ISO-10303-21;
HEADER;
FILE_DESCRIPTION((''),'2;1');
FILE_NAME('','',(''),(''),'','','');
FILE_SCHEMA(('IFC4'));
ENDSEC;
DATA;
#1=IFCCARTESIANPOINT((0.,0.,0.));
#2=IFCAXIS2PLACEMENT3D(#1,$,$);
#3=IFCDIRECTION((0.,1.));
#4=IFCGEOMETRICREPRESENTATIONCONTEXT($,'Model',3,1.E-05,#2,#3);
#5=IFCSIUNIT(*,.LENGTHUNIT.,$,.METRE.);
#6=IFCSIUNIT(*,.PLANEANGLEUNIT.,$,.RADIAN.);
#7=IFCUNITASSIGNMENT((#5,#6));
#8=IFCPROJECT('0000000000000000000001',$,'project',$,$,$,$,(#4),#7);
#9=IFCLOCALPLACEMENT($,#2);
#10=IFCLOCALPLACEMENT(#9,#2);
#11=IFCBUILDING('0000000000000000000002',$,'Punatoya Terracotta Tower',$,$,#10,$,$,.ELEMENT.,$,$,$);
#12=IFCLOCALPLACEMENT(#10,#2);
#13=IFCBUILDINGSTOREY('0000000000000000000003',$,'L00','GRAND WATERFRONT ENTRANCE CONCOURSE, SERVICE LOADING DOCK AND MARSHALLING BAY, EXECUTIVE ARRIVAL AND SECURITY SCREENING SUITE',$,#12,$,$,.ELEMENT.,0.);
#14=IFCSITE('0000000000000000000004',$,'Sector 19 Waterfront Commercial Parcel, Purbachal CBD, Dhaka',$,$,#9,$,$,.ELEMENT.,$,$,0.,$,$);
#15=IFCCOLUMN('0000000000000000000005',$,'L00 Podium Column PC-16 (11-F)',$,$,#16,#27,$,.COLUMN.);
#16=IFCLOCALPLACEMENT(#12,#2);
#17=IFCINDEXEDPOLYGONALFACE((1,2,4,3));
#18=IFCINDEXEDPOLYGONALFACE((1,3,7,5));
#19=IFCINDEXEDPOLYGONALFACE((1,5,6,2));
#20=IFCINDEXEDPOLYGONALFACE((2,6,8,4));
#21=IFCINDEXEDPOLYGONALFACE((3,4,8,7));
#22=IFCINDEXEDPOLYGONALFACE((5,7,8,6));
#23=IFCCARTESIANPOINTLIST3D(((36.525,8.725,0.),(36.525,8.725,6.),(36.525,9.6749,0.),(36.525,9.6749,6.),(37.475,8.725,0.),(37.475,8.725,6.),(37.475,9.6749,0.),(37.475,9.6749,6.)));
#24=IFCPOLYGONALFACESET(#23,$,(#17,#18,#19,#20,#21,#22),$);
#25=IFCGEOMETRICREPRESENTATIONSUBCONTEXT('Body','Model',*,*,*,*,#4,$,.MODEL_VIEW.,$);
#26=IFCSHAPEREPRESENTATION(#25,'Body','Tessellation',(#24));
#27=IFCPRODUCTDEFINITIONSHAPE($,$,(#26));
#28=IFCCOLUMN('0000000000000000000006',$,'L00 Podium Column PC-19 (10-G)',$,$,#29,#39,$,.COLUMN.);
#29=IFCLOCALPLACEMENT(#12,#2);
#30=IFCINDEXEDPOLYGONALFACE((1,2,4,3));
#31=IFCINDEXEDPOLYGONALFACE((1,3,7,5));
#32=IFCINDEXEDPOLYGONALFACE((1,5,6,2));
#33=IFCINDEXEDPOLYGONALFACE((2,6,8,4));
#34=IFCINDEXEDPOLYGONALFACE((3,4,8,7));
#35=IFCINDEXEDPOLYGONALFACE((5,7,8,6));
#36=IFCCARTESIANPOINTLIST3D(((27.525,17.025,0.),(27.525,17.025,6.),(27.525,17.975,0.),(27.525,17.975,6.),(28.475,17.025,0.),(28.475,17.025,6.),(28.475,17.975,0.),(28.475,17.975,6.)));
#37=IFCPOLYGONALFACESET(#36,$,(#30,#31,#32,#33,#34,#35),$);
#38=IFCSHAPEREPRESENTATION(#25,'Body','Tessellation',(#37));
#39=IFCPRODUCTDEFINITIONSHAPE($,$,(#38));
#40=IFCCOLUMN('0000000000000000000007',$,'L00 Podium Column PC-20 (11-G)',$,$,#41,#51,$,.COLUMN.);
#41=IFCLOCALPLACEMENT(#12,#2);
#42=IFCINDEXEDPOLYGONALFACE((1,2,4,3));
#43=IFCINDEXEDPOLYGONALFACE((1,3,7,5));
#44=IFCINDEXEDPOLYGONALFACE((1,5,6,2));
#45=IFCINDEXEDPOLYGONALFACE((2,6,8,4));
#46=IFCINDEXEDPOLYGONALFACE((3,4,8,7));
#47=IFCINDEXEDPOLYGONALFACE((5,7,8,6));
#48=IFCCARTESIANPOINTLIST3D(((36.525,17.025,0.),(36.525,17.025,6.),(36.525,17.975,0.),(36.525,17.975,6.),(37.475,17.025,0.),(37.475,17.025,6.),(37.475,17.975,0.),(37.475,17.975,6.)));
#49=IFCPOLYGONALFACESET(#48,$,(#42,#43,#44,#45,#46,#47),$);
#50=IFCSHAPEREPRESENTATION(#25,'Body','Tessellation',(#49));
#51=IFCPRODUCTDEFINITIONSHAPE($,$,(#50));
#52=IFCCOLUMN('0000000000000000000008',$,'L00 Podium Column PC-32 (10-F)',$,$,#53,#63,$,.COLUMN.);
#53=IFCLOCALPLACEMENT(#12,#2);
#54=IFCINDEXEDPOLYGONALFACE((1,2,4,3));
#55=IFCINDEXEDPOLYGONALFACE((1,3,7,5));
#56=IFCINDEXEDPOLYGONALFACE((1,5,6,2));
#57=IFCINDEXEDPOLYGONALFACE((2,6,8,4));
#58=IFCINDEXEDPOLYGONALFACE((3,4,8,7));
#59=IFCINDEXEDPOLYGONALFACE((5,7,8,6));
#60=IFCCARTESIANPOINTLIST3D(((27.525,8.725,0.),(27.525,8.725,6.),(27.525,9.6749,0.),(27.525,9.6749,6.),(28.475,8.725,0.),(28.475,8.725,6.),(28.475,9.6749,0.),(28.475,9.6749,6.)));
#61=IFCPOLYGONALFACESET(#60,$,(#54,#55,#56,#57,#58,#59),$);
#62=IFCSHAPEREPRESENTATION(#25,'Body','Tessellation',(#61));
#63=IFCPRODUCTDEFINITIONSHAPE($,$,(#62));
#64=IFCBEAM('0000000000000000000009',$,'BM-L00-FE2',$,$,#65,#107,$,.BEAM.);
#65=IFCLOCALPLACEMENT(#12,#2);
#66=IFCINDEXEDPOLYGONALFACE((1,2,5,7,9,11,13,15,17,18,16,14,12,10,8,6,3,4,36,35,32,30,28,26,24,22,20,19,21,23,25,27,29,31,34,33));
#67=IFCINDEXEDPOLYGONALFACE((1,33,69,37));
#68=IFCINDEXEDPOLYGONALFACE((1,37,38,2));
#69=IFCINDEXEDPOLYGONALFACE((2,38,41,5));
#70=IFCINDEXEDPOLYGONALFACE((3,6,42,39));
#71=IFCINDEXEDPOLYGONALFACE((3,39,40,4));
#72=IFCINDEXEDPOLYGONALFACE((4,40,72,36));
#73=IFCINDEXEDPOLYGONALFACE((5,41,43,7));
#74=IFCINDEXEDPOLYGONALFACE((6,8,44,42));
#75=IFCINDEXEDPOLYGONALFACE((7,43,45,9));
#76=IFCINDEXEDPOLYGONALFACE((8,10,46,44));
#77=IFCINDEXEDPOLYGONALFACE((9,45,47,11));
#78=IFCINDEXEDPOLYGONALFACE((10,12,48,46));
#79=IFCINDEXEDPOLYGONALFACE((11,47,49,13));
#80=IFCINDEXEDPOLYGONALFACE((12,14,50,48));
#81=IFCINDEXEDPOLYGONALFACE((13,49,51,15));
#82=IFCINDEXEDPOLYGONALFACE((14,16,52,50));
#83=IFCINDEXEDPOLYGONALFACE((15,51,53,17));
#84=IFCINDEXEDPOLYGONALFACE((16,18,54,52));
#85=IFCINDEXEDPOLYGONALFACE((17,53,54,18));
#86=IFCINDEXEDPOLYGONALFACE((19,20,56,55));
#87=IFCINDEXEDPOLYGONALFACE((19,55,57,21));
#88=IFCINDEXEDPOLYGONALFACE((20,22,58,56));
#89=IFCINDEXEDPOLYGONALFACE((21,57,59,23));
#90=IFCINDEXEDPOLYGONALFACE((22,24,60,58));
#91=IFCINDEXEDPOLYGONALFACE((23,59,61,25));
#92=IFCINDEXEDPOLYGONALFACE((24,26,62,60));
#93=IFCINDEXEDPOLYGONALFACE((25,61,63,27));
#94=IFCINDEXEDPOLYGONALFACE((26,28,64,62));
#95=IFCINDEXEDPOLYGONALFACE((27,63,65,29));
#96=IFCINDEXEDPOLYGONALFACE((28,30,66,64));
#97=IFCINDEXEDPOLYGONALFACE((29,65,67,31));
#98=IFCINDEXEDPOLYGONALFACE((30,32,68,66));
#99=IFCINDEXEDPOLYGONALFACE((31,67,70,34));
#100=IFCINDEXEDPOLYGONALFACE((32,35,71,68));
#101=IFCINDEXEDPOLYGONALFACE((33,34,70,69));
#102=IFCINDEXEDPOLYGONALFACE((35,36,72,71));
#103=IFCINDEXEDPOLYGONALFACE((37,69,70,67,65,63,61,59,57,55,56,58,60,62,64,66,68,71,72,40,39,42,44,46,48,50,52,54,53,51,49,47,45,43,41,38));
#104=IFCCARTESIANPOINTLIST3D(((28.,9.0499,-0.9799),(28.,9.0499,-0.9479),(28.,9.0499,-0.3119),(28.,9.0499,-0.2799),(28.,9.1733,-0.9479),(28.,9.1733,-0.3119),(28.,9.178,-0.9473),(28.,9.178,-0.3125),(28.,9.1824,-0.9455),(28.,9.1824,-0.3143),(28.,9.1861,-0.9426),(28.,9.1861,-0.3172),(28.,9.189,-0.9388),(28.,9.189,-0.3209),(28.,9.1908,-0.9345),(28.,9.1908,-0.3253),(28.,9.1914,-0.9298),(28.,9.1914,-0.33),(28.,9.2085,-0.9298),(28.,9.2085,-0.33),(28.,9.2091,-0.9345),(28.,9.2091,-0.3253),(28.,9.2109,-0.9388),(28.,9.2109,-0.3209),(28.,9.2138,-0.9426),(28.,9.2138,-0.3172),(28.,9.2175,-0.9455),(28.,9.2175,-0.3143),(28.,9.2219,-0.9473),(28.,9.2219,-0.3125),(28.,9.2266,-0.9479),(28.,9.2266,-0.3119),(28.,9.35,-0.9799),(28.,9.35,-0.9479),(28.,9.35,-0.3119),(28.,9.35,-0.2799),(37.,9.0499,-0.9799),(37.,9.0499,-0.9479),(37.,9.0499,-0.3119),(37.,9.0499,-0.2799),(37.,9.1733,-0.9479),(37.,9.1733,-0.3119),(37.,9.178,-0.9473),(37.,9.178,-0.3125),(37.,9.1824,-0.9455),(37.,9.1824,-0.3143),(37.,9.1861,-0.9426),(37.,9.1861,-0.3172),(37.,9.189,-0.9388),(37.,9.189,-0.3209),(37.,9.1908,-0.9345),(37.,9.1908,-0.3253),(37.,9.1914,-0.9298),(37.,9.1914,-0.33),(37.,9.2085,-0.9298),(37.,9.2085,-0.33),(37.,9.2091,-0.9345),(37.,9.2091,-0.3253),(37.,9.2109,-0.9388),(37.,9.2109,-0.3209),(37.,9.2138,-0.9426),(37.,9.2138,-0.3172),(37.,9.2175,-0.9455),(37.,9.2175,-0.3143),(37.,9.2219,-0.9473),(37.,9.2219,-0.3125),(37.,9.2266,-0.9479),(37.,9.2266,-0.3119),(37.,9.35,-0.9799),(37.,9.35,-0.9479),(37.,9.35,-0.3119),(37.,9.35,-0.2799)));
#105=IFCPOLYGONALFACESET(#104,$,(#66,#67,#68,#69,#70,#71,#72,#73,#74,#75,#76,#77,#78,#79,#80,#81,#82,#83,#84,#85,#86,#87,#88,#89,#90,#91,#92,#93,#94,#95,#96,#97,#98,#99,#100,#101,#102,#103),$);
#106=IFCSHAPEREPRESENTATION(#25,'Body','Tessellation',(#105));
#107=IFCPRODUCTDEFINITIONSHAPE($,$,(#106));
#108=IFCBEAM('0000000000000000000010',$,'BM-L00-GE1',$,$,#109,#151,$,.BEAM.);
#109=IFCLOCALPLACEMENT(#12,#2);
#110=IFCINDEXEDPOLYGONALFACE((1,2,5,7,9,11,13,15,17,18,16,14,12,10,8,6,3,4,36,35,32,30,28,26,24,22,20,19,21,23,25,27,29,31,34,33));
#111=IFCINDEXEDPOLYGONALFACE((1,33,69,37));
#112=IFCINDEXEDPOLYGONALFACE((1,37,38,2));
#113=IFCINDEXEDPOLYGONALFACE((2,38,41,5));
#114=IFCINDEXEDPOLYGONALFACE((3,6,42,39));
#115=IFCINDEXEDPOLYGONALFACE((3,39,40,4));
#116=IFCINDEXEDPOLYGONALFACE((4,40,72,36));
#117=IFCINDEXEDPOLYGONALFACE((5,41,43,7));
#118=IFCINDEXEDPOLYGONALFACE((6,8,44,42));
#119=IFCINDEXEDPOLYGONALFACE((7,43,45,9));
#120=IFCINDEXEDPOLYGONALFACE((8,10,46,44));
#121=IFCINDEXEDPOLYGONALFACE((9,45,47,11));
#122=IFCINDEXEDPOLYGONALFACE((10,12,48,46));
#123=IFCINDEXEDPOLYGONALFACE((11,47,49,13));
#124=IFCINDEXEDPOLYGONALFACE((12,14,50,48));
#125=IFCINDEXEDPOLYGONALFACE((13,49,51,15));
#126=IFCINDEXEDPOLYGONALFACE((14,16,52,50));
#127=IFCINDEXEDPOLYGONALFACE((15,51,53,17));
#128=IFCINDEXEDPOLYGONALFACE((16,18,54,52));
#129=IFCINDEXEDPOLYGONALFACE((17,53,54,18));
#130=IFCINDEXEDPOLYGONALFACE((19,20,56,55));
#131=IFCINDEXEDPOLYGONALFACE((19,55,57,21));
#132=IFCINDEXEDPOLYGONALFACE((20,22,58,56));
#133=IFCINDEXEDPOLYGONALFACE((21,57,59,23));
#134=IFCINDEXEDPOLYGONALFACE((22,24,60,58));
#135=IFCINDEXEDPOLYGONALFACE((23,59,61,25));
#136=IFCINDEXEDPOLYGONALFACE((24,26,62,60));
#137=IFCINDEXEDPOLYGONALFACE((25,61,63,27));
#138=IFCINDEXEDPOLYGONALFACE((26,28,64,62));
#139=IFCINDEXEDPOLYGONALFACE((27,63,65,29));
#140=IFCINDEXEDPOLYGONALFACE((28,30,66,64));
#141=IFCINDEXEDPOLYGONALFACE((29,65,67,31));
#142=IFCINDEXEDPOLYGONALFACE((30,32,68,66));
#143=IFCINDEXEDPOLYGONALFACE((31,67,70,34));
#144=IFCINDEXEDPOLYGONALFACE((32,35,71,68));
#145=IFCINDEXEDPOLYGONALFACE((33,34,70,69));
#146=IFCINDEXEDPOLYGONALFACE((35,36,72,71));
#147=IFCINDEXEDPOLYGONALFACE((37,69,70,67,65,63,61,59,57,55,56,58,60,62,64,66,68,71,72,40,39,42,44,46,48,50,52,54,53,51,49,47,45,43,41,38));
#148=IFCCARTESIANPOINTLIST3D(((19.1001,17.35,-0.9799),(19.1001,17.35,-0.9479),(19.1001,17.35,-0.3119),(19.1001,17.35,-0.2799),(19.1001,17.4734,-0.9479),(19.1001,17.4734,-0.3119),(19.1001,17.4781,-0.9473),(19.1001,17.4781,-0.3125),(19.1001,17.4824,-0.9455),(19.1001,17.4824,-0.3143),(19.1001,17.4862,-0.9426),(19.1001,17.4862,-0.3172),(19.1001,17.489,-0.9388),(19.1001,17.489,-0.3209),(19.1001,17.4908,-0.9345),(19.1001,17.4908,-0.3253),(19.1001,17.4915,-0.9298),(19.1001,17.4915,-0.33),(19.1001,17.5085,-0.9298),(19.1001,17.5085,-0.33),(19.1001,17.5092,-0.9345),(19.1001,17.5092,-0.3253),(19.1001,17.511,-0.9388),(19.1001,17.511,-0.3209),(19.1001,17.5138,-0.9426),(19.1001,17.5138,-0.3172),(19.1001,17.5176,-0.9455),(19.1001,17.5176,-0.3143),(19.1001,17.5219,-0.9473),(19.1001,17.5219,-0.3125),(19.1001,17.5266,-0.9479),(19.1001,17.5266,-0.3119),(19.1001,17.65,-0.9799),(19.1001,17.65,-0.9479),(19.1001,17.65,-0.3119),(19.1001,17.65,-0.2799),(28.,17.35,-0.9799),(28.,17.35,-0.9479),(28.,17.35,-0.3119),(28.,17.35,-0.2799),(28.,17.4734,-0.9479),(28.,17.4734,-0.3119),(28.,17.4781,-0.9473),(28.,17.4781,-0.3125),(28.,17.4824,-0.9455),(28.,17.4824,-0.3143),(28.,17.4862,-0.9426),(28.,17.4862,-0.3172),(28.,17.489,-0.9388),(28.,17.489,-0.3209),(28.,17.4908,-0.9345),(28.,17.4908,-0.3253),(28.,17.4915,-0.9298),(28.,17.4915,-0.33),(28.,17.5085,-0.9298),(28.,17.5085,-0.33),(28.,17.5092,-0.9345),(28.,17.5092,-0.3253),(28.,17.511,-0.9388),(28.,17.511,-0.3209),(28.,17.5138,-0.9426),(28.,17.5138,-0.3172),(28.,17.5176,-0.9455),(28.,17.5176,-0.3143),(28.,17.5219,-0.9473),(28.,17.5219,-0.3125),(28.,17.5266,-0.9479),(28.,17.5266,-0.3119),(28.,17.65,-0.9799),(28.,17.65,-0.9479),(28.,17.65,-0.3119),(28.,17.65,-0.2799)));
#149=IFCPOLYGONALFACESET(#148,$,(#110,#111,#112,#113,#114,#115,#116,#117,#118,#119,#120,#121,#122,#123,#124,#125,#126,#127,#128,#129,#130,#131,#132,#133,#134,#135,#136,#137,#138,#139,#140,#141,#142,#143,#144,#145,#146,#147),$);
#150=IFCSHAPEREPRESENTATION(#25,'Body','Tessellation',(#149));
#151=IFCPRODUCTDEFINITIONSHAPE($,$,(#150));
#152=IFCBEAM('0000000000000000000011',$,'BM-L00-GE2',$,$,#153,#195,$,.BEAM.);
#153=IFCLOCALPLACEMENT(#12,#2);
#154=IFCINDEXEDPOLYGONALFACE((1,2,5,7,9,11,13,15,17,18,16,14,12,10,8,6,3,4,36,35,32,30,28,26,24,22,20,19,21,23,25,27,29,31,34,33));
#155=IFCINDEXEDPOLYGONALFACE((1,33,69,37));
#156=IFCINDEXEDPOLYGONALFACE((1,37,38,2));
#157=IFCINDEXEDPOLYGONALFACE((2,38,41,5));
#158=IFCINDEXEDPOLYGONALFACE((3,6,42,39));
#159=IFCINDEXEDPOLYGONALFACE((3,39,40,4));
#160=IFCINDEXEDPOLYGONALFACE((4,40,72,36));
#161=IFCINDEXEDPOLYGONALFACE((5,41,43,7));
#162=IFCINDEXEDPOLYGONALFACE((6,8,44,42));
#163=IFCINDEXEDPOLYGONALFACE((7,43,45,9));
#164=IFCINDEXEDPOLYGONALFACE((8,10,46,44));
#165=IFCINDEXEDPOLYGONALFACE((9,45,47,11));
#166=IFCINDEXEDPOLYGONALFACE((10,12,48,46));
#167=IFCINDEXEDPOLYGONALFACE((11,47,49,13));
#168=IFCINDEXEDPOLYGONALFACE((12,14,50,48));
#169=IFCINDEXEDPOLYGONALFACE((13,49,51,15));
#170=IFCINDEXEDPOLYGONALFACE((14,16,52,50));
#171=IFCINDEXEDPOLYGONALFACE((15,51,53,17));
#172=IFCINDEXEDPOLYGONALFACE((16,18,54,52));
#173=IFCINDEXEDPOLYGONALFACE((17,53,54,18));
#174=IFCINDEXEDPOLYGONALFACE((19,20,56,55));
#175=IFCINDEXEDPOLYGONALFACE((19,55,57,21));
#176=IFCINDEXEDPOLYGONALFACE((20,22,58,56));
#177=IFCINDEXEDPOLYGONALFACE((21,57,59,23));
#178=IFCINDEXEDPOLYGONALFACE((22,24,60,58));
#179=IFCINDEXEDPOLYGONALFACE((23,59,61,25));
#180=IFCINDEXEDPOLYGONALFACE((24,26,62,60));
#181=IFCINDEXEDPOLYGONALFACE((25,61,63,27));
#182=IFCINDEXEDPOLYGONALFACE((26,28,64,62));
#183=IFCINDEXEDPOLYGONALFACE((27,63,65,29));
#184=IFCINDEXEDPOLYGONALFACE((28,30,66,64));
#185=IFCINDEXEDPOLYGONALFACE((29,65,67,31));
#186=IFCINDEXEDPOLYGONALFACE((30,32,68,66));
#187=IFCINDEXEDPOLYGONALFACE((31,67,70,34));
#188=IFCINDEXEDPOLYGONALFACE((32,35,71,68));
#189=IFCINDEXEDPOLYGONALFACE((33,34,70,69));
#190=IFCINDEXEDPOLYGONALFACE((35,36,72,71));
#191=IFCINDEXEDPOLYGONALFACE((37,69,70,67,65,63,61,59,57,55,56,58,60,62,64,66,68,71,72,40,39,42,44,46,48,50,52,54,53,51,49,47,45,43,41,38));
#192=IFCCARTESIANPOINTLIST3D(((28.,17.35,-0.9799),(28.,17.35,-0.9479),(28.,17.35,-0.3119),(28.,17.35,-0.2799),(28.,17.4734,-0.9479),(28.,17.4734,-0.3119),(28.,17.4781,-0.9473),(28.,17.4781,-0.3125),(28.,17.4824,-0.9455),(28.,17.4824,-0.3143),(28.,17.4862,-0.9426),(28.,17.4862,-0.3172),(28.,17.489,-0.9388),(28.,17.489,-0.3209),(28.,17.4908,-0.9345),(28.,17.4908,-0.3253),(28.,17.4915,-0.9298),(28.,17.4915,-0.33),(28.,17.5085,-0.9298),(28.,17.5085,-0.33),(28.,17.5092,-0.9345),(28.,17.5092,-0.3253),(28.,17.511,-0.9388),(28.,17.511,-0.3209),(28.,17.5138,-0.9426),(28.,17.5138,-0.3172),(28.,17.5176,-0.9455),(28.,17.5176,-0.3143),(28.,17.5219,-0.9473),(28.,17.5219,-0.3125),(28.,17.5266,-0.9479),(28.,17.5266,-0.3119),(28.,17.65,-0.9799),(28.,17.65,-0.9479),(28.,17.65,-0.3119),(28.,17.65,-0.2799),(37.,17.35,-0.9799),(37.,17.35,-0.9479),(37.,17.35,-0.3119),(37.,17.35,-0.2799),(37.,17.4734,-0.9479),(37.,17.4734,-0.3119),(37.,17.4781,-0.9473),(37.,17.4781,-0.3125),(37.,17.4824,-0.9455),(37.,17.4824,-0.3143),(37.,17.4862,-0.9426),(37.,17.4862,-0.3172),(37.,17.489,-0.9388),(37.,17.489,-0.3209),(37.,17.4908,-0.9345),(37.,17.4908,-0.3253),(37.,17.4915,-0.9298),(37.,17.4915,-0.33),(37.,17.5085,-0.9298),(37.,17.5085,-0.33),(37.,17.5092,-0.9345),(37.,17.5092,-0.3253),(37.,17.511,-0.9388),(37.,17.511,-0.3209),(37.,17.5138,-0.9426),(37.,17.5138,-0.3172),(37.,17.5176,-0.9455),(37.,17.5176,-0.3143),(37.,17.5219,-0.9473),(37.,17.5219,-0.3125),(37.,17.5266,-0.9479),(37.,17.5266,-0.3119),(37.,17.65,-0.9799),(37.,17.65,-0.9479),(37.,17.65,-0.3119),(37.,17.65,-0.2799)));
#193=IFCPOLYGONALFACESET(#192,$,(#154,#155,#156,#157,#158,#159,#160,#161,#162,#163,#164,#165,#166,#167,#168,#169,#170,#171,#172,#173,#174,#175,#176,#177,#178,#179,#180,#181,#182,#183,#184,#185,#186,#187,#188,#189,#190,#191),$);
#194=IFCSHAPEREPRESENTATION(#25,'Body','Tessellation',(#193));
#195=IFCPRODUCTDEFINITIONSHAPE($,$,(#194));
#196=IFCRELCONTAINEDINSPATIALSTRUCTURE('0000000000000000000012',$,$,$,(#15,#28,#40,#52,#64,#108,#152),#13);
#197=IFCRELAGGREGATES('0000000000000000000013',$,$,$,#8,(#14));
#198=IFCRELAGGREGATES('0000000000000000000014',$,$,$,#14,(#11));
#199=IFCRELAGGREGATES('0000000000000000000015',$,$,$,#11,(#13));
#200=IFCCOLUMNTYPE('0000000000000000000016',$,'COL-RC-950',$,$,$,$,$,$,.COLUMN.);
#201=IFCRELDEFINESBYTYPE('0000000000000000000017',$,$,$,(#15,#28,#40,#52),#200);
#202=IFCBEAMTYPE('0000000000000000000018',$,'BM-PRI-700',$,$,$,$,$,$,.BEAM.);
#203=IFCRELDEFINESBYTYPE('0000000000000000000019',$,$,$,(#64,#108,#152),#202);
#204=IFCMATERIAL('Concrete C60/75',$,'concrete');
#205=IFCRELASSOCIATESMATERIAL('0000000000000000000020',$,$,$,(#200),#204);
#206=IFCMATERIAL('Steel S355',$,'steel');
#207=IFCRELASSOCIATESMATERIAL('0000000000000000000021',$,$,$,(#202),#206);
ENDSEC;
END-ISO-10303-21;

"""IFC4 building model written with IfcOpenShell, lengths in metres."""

from ifc_helpers import new_model, si_unit, direction, frame, origin, origin_2d, place, context, subcontext, project, spatial, rectangle, i_section, extrude, material, material_profile, profile_set, type_object, element, save


model = new_model("IFC4")

# Units and contexts
model_context = context("Model", 3, precision=1e-05, world=origin(), true_north=direction((0.0, 1.0)))
body_context = subcontext(model_context, "Body", "Model", "MODEL_VIEW")
ifc_project = project(units=[si_unit("LENGTHUNIT", "METRE"), si_unit("PLANEANGLEUNIT", "RADIAN")], contexts=[model_context])

# Site, building, storey
site_placement = place(None, origin())
site = spatial("IfcSite", under=ifc_project, at=site_placement, Name="Sector 19 Waterfront Commercial Parcel, Purbachal CBD, Dhaka", CompositionType="ELEMENT", RefElevation=0.0)
building_placement = place(site_placement, origin())
building = spatial("IfcBuilding", under=site, at=building_placement, Name="Punatoya Terracotta Tower", CompositionType="ELEMENT")
storey_placement = place(building_placement, origin())
storey = spatial("IfcBuildingStorey", under=building, at=storey_placement, Name="L00", Description="GRAND WATERFRONT ENTRANCE CONCOURSE, SERVICE LOADING DOCK AND MARSHALLING BAY, EXECUTIVE ARRIVAL AND SECURITY SCREENING SUITE", CompositionType="ELEMENT", Elevation=0.0)

# Columns
ifc_material_1 = material(Name="Concrete C60/75", Category="concrete")
ifc_material_profile_1 = material_profile(ifc_material_1, rectangle(XDim=0.95, YDim=0.95, at=origin_2d()))
ifc_profile_set_1 = profile_set([ifc_material_profile_1], Name="Concrete C60/75")
column_type = type_object("IfcColumnType", Name="COL-RC-950", PredefinedType="COLUMN", material=ifc_profile_set_1)
for number, where, z_axis, x_axis, name in (
    (1, (37.0, 9.2, 0.0), (0.0, 0.0, 1.0), (1.0, 0.0, 0.0), "L00 Podium Column PC-16 (11-F)"),
    (2, (28.0, 17.5, 0.0), (0.0, 0.0, 1.0), (1.0, 0.0, 0.0), "L00 Podium Column PC-19 (10-G)"),
    (3, (37.0, 17.5, 0.0), (0.0, 0.0, 1.0), (1.0, 0.0, 0.0), "L00 Podium Column PC-20 (11-G)"),
    (4, (28.0, 9.2, 0.0), (0.0, 0.0, 1.0), (1.0, 0.0, 0.0), "L00 Podium Column PC-32 (10-F)"),
):
    element("IfcColumn", number, at=place(storey_placement, frame(where, z_axis=z_axis, x_axis=x_axis)), inside=storey, type_object=column_type, Name=name, PredefinedType="COLUMN", context=body_context, shape_type="SweptSolid", body=[
        extrude(rectangle(XDim=0.95, YDim=0.95, at=origin_2d()), origin(), (0.0, 0.0, 1.0), 6.0),
    ])

# Beams
ifc_material_2 = material(Name="Steel S355", Category="steel")
ifc_material_profile_2 = material_profile(ifc_material_2, i_section(OverallWidth=0.3, OverallDepth=0.7, WebThickness=0.0171, FlangeThickness=0.032, FilletRadius=0.0181, at=origin_2d()))
ifc_profile_set_2 = profile_set([ifc_material_profile_2], Name="Steel S355")
beam_type_1 = type_object("IfcBeamType", Name="BM-PRI-700", PredefinedType="BEAM", material=ifc_profile_set_2)
beam_1_placement = place(storey_placement, frame((28.0, 9.2, -0.6299), z_axis=(1.0, 0.0, 0.0), x_axis=(0.0, 1.0, 0.0)))
element("IfcBeam", 5, at=beam_1_placement, inside=storey, type_object=beam_type_1, Name="BM-L00-FE2", PredefinedType="BEAM", context=body_context, shape_type="SweptSolid", body=[
    extrude(i_section(OverallWidth=0.3, OverallDepth=0.7, WebThickness=0.0171, FlangeThickness=0.032, FilletRadius=0.0181, at=origin_2d()), origin(), (0.0, 0.0, 1.0), 9.0),
])
beam_2_placement = place(storey_placement, frame((19.1001, 17.5, -0.6299), z_axis=(1.0, 0.0, 0.0), x_axis=(0.0, 1.0, 0.0)))
element("IfcBeam", 6, at=beam_2_placement, inside=storey, type_object=beam_type_1, Name="BM-L00-GE1", PredefinedType="BEAM", context=body_context, shape_type="SweptSolid", body=[
    extrude(i_section(OverallWidth=0.3, OverallDepth=0.7, WebThickness=0.0171, FlangeThickness=0.032, FilletRadius=0.0181, at=origin_2d()), origin(), (0.0, 0.0, 1.0), 8.8999),
])
beam_3_placement = place(storey_placement, frame((28.0, 17.5, -0.6299), z_axis=(1.0, 0.0, 0.0), x_axis=(0.0, 1.0, 0.0)))
element("IfcBeam", 7, at=beam_3_placement, inside=storey, type_object=beam_type_1, Name="BM-L00-GE2", PredefinedType="BEAM", context=body_context, shape_type="SweptSolid", body=[
    extrude(i_section(OverallWidth=0.3, OverallDepth=0.7, WebThickness=0.0171, FlangeThickness=0.032, FilletRadius=0.0181, at=origin_2d()), origin(), (0.0, 0.0, 1.0), 9.0),
])

save(model, "model.ifc")
